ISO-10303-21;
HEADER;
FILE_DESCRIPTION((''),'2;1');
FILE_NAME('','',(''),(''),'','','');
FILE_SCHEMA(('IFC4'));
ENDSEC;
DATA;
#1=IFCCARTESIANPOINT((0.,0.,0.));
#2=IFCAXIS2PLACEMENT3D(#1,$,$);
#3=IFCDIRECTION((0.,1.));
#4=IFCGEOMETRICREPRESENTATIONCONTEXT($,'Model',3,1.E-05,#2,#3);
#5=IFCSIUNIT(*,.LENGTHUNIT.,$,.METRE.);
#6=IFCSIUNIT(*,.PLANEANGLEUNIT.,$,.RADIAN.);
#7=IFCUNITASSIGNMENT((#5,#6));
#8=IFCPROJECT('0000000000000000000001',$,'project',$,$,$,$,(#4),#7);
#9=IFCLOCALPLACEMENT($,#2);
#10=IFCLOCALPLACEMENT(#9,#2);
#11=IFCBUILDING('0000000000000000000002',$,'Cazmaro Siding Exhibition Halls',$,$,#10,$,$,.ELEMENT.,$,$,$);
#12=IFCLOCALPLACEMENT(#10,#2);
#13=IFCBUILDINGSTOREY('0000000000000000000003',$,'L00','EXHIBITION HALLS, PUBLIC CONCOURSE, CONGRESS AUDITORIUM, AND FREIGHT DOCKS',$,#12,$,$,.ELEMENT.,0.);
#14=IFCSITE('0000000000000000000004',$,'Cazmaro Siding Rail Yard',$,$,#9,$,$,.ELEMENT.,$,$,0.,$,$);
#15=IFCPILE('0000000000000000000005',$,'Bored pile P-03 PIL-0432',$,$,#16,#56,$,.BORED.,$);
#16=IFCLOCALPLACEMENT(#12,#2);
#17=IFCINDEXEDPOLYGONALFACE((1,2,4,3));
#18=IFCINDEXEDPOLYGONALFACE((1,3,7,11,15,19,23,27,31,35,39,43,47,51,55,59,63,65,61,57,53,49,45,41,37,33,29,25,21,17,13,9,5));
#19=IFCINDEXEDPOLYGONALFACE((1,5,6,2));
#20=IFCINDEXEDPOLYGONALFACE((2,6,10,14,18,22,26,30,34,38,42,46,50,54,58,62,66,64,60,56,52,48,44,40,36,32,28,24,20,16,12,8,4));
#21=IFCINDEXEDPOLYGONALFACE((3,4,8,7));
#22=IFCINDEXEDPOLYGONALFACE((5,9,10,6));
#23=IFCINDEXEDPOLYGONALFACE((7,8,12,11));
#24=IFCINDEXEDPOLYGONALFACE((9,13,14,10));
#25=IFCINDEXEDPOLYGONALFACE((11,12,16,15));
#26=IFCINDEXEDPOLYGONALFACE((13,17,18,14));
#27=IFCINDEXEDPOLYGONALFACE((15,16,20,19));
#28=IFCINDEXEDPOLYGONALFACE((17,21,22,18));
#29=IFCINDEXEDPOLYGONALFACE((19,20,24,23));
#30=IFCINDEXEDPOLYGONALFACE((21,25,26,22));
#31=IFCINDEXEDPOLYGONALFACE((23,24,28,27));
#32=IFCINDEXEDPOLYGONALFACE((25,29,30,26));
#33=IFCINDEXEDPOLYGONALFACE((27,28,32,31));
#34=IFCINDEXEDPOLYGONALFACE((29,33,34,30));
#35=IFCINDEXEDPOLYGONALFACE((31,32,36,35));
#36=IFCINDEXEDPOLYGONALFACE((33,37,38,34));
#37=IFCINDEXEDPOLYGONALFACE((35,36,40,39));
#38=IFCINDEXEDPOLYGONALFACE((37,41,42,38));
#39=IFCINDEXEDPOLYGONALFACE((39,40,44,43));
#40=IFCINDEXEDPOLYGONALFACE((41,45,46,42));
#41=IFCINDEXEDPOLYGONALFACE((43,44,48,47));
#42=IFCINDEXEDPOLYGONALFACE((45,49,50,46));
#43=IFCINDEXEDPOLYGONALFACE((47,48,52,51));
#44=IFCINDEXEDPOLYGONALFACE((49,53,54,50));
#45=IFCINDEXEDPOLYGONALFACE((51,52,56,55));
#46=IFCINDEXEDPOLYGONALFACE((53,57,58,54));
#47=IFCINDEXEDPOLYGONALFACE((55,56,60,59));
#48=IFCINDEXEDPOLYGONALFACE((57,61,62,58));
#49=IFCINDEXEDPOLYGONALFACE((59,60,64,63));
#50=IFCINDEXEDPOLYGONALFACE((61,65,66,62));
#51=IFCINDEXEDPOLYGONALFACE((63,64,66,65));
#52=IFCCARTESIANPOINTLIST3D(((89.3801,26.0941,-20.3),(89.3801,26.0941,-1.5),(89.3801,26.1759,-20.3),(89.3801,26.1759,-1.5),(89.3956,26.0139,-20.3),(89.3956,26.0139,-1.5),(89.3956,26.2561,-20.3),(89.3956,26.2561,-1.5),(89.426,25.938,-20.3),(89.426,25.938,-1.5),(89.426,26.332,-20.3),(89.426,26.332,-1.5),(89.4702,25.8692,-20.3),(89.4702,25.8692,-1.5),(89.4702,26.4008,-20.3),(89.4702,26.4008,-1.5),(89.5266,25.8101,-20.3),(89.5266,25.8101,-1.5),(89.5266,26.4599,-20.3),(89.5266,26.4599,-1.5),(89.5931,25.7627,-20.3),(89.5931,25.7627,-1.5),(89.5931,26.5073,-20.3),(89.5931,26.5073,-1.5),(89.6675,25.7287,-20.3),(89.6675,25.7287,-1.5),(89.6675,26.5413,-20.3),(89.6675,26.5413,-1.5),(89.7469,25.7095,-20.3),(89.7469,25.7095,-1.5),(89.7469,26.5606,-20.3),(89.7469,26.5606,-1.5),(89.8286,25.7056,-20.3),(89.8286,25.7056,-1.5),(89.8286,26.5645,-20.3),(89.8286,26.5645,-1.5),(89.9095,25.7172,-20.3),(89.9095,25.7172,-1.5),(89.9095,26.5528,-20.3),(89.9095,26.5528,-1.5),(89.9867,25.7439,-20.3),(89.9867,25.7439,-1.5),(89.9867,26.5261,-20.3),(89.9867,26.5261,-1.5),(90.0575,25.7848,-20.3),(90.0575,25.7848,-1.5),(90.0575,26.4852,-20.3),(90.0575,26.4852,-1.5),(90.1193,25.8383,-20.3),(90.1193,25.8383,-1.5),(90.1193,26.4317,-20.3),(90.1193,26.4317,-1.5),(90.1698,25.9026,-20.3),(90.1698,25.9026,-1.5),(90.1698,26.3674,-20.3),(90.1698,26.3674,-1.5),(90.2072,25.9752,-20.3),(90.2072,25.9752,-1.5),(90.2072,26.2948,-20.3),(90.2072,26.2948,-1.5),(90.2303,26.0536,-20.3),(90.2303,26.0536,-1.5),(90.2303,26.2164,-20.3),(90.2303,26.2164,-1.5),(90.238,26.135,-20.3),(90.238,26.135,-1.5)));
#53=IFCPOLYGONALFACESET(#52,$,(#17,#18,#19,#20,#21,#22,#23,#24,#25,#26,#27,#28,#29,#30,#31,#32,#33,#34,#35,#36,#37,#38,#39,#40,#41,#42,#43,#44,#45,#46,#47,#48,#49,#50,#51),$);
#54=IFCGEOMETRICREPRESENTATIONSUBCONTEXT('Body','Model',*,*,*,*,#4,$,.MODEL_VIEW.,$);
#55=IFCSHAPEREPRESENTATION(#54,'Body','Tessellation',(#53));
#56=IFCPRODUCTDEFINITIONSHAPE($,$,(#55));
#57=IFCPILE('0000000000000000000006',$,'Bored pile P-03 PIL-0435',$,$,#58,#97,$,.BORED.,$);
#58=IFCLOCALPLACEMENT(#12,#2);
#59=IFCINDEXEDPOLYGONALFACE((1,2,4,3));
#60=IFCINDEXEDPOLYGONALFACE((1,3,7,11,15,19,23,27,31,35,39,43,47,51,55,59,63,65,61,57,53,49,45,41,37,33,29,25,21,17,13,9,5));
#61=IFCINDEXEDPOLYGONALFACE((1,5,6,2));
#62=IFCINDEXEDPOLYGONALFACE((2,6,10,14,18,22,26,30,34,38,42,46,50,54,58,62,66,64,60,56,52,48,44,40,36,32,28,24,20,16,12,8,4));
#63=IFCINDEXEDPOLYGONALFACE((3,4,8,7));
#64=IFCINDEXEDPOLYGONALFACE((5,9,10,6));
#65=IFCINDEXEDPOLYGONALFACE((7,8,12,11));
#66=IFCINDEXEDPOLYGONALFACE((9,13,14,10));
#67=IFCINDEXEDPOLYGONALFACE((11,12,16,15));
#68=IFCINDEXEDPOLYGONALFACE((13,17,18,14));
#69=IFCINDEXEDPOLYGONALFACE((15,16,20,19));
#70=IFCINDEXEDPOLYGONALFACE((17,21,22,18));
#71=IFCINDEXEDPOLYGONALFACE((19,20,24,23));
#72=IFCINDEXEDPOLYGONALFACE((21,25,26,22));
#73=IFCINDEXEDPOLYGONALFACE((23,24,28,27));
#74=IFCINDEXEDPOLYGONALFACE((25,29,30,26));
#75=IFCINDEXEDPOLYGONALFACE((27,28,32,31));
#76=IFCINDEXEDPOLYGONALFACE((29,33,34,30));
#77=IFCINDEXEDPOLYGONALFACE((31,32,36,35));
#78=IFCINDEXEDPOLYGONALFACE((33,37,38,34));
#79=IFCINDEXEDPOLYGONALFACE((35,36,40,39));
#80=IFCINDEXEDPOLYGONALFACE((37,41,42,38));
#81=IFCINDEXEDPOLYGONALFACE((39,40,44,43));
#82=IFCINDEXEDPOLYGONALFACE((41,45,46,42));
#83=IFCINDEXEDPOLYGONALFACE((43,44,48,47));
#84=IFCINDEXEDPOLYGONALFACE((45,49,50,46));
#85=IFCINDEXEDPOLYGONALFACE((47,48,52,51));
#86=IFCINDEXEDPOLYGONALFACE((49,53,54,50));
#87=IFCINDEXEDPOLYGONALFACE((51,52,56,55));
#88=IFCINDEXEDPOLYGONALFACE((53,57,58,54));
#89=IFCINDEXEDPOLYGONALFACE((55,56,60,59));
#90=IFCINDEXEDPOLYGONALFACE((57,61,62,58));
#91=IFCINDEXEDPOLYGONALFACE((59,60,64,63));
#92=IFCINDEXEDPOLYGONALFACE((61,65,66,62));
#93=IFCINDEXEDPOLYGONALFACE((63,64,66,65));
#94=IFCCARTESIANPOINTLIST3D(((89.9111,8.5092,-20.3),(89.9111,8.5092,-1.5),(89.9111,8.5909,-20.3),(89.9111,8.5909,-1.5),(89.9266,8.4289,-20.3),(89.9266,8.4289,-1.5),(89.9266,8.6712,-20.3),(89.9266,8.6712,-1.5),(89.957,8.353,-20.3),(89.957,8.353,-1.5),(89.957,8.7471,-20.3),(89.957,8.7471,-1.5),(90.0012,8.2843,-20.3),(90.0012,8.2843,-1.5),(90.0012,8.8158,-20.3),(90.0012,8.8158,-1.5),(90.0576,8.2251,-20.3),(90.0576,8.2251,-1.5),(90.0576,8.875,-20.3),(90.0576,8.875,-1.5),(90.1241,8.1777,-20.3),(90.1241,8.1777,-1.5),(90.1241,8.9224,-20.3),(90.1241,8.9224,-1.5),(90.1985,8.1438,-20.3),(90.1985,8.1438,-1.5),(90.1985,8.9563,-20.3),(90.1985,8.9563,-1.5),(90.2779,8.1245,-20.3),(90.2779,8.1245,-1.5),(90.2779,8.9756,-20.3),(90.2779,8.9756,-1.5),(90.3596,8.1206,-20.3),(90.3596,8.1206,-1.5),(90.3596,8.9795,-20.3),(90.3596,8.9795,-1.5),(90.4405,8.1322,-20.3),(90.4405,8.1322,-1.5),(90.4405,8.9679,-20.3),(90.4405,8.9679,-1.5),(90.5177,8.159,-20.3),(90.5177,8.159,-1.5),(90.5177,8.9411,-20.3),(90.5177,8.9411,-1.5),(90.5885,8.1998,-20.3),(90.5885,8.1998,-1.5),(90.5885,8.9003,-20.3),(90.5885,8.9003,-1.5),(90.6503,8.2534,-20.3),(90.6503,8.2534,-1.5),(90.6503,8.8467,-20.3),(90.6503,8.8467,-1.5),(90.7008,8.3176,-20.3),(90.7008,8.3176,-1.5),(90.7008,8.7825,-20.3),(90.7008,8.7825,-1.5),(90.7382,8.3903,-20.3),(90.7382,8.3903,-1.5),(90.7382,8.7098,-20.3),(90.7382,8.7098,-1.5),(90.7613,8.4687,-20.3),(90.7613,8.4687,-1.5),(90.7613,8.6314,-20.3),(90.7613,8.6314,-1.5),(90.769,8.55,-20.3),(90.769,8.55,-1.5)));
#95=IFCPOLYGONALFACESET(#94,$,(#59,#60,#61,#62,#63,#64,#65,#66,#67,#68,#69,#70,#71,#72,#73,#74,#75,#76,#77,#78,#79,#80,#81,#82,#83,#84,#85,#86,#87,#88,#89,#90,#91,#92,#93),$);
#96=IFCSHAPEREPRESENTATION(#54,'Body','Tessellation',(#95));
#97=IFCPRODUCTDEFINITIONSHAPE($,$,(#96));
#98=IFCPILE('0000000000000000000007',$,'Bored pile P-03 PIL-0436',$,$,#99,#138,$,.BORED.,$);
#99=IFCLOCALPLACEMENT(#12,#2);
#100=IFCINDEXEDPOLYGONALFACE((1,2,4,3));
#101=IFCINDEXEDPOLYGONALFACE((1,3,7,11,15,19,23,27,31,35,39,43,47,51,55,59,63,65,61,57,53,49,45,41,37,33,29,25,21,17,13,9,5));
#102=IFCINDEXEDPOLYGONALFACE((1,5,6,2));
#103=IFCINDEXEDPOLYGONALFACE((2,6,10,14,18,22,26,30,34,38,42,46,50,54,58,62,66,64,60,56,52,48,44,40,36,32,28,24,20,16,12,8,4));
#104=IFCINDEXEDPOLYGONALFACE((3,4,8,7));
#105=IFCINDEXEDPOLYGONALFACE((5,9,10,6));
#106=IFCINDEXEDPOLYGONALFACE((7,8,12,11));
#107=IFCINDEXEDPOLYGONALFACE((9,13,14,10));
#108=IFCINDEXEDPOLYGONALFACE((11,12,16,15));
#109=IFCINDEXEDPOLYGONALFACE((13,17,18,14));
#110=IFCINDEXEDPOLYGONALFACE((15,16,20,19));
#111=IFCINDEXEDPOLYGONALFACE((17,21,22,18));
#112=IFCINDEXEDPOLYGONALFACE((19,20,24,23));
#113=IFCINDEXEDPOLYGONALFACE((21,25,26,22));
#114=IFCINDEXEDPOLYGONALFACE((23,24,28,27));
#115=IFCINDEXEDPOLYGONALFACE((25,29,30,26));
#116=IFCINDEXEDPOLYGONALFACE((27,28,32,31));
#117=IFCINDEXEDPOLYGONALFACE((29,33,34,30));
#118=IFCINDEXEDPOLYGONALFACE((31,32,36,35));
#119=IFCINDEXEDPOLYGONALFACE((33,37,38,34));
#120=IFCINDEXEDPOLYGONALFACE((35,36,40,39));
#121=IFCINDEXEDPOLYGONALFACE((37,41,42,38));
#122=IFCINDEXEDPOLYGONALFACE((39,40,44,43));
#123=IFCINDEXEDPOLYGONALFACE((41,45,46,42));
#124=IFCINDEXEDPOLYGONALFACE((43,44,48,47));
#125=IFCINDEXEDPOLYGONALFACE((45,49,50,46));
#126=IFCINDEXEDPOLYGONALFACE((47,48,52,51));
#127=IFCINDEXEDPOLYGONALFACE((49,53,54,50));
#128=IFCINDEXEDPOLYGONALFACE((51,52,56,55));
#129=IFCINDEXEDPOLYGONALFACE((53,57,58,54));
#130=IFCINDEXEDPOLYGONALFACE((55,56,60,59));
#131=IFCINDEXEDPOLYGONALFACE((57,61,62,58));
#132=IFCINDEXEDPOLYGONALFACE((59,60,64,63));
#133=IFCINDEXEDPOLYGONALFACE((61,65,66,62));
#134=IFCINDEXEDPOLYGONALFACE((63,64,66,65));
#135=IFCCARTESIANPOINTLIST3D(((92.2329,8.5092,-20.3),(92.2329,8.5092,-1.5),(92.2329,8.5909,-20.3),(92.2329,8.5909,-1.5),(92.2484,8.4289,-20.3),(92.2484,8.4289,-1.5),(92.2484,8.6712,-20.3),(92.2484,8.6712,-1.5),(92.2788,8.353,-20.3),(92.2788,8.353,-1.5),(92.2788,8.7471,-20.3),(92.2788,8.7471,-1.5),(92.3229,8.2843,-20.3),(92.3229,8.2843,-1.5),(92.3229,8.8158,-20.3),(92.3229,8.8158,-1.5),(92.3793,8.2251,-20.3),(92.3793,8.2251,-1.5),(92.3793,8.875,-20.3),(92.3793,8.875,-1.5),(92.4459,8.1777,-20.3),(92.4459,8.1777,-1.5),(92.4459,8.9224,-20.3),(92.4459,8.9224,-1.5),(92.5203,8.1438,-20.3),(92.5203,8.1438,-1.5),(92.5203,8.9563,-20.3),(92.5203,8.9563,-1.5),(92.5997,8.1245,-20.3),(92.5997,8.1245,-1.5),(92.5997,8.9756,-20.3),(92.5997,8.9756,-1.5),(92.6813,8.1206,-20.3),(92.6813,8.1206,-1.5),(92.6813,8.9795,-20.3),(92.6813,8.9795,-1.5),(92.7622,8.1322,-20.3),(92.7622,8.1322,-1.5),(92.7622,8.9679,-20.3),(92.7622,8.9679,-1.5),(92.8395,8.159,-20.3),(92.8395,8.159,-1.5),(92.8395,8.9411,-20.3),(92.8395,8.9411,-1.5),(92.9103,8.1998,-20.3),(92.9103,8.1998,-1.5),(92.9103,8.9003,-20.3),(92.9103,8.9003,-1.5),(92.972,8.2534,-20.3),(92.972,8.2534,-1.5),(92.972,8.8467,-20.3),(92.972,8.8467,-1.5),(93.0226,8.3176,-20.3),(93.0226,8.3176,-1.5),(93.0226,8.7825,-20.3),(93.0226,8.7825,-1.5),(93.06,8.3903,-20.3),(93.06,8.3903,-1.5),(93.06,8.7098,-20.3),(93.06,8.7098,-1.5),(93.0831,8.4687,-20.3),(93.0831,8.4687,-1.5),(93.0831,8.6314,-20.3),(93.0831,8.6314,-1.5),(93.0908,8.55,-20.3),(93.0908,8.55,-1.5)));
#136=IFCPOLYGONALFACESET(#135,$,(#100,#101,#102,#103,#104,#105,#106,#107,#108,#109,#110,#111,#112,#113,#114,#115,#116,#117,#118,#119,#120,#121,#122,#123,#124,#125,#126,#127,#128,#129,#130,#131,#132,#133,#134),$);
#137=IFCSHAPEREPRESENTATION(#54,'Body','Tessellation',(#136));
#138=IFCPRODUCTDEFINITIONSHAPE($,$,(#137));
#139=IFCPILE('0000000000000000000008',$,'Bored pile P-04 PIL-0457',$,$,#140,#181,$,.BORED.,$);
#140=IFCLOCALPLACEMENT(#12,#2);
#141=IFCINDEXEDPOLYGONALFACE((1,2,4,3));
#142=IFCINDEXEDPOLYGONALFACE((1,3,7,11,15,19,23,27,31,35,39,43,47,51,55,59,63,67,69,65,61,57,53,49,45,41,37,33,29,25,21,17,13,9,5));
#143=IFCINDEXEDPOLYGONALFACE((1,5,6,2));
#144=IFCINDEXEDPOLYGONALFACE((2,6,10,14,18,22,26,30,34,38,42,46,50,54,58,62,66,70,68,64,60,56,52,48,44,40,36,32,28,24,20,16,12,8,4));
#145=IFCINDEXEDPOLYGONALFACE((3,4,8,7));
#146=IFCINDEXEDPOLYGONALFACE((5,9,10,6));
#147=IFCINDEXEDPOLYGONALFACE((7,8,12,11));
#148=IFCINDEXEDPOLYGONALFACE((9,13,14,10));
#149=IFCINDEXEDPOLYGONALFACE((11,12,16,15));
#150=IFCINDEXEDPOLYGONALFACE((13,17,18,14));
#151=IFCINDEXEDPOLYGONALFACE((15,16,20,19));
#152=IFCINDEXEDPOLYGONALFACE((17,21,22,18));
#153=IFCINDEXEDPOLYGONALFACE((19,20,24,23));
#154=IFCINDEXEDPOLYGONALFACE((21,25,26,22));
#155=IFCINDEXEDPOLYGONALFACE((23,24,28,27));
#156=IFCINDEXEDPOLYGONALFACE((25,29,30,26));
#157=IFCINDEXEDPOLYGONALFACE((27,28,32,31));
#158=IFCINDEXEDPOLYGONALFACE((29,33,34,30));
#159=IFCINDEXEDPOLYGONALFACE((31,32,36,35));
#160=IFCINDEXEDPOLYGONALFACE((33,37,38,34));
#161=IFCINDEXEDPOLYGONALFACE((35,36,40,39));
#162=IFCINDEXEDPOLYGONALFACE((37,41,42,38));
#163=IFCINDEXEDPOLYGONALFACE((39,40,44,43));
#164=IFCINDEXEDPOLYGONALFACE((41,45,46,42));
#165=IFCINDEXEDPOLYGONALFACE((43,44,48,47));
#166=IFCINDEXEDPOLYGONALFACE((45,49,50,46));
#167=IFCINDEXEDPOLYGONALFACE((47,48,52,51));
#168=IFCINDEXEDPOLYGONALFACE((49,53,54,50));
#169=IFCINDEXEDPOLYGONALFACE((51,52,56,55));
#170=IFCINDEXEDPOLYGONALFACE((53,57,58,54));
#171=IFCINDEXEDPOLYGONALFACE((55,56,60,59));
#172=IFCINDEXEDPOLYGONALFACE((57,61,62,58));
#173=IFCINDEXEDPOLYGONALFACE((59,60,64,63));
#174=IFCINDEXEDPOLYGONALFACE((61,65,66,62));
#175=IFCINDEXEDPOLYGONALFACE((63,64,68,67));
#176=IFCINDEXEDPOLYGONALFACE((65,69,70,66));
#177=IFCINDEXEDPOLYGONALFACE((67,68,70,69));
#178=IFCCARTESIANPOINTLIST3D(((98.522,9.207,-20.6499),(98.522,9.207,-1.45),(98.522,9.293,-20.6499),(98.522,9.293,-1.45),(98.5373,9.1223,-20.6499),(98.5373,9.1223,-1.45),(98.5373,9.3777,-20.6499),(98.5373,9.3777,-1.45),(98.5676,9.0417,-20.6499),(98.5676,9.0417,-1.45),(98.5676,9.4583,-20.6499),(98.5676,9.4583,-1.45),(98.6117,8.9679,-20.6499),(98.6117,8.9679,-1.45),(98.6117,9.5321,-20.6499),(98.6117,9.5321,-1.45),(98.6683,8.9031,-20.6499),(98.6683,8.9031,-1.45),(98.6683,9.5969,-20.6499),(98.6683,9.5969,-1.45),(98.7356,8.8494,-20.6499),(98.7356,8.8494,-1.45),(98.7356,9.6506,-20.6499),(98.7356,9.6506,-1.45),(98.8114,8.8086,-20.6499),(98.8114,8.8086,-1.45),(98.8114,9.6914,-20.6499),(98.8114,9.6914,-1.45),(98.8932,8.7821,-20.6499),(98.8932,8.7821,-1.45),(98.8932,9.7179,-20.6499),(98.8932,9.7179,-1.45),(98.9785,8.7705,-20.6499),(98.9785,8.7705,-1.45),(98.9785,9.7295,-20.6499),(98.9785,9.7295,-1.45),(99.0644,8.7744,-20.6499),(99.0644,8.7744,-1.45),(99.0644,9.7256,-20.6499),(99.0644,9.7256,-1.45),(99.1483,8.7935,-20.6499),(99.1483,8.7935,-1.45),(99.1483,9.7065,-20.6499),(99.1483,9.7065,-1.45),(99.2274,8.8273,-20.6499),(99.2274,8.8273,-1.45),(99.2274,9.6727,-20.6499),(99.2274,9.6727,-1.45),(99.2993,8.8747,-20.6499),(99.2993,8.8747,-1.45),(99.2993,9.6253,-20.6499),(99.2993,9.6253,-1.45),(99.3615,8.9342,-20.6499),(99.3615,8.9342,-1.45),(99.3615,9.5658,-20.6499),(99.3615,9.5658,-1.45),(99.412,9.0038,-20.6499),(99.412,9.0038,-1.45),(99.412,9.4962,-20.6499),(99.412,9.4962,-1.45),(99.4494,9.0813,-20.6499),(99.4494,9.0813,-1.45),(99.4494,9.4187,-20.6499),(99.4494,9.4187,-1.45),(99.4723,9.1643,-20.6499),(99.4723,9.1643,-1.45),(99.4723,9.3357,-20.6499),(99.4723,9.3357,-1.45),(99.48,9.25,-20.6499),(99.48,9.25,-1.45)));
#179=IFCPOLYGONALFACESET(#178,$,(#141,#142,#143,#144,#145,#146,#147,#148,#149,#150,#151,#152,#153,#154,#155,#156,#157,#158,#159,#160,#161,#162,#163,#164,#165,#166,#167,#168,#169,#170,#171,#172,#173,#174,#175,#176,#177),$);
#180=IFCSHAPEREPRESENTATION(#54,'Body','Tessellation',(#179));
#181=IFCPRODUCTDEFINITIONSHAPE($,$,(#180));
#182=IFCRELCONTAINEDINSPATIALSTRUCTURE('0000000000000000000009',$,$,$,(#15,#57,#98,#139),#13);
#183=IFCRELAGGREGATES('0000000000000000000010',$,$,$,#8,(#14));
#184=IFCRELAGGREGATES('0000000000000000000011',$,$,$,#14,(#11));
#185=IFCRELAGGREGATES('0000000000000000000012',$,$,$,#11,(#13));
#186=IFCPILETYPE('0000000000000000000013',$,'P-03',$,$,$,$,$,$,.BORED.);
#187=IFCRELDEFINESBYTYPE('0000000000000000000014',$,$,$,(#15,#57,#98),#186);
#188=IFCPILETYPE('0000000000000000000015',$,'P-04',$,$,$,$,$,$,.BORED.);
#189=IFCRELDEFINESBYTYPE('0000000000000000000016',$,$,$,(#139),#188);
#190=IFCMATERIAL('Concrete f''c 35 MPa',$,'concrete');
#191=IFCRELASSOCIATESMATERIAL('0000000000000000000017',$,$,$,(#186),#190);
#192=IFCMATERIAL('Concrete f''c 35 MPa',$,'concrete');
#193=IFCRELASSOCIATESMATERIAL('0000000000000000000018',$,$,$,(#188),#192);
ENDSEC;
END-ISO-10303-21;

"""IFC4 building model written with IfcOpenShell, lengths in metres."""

from ifc_helpers import new_model, si_unit, direction, frame, origin, origin_2d, place, context, subcontext, project, spatial, circle, extrude, material, material_profile, profile_set, type_object, element, save


model = new_model("IFC4")

# Units and contexts
model_context = context("Model", 3, precision=1e-05, world=origin(), true_north=direction((0.0, 1.0)))
body_context = subcontext(model_context, "Body", "Model", "MODEL_VIEW")
ifc_project = project(units=[si_unit("LENGTHUNIT", "METRE"), si_unit("PLANEANGLEUNIT", "RADIAN")], contexts=[model_context])

# Site, building, storey
site_placement = place(None, origin())
site = spatial("IfcSite", under=ifc_project, at=site_placement, Name="Cazmaro Siding Rail Yard", CompositionType="ELEMENT", RefElevation=0.0)
building_placement = place(site_placement, origin())
building = spatial("IfcBuilding", under=site, at=building_placement, Name="Cazmaro Siding Exhibition Halls", CompositionType="ELEMENT")
storey_placement = place(building_placement, origin())
storey = spatial("IfcBuildingStorey", under=building, at=storey_placement, Name="L00", Description="EXHIBITION HALLS, PUBLIC CONCOURSE, CONGRESS AUDITORIUM, AND FREIGHT DOCKS", CompositionType="ELEMENT", Elevation=0.0)

# Piles
ifc_material_1 = material(Name="Concrete f'c 35 MPa", Category="concrete")
ifc_material_profile_1 = material_profile(ifc_material_1, circle(Radius=0.4299, at=origin_2d()), Name="CIDH-860")
ifc_profile_set_1 = profile_set([ifc_material_profile_1], Name="Concrete f'c 35 MPa")
pile_type_1 = type_object("IfcPileType", Name="P-03", PredefinedType="BORED", material=ifc_profile_set_1)
for number, where, z_axis, x_axis, name in (
    (1, (89.8081, 26.135, -1.5), (0.0, 0.0, -1.0), (1.0, 0.0, 0.0), "Bored pile P-03 PIL-0432"),
    (2, (90.3391, 8.55, -1.5), (0.0, 0.0, -1.0), (1.0, 0.0, 0.0), "Bored pile P-03 PIL-0435"),
    (3, (92.6609, 8.55, -1.5), (0.0, 0.0, -1.0), (1.0, 0.0, 0.0), "Bored pile P-03 PIL-0436"),
):
    element("IfcPile", number, at=place(storey_placement, frame(where, z_axis=z_axis, x_axis=x_axis)), inside=storey, type_object=pile_type_1, Name=name, PredefinedType="BORED", context=body_context, shape_type="SweptSolid", body=[
        extrude(circle(Radius=0.4299, at=origin_2d()), origin(), (0.0, 0.0, 1.0), 18.8),
    ])
ifc_material_2 = material(Name="Concrete f'c 35 MPa", Category="concrete")
ifc_material_profile_2 = material_profile(ifc_material_2, circle(Radius=0.48, at=origin_2d()), Name="CIDH-960")
ifc_profile_set_2 = profile_set([ifc_material_profile_2], Name="Concrete f'c 35 MPa")
pile_type_2 = type_object("IfcPileType", Name="P-04", PredefinedType="BORED", material=ifc_profile_set_2)
pile_placement = place(storey_placement, frame((99.0, 9.25, -1.45), z_axis=(0.0, 0.0, -1.0), x_axis=(1.0, 0.0, 0.0)))
element("IfcPile", 4, at=pile_placement, inside=storey, type_object=pile_type_2, Name="Bored pile P-04 PIL-0457", PredefinedType="BORED", context=body_context, shape_type="SweptSolid", body=[
    extrude(circle(Radius=0.48, at=origin_2d()), origin(), (0.0, 0.0, 1.0), 19.2),
])

save(model, "model.ifc")
